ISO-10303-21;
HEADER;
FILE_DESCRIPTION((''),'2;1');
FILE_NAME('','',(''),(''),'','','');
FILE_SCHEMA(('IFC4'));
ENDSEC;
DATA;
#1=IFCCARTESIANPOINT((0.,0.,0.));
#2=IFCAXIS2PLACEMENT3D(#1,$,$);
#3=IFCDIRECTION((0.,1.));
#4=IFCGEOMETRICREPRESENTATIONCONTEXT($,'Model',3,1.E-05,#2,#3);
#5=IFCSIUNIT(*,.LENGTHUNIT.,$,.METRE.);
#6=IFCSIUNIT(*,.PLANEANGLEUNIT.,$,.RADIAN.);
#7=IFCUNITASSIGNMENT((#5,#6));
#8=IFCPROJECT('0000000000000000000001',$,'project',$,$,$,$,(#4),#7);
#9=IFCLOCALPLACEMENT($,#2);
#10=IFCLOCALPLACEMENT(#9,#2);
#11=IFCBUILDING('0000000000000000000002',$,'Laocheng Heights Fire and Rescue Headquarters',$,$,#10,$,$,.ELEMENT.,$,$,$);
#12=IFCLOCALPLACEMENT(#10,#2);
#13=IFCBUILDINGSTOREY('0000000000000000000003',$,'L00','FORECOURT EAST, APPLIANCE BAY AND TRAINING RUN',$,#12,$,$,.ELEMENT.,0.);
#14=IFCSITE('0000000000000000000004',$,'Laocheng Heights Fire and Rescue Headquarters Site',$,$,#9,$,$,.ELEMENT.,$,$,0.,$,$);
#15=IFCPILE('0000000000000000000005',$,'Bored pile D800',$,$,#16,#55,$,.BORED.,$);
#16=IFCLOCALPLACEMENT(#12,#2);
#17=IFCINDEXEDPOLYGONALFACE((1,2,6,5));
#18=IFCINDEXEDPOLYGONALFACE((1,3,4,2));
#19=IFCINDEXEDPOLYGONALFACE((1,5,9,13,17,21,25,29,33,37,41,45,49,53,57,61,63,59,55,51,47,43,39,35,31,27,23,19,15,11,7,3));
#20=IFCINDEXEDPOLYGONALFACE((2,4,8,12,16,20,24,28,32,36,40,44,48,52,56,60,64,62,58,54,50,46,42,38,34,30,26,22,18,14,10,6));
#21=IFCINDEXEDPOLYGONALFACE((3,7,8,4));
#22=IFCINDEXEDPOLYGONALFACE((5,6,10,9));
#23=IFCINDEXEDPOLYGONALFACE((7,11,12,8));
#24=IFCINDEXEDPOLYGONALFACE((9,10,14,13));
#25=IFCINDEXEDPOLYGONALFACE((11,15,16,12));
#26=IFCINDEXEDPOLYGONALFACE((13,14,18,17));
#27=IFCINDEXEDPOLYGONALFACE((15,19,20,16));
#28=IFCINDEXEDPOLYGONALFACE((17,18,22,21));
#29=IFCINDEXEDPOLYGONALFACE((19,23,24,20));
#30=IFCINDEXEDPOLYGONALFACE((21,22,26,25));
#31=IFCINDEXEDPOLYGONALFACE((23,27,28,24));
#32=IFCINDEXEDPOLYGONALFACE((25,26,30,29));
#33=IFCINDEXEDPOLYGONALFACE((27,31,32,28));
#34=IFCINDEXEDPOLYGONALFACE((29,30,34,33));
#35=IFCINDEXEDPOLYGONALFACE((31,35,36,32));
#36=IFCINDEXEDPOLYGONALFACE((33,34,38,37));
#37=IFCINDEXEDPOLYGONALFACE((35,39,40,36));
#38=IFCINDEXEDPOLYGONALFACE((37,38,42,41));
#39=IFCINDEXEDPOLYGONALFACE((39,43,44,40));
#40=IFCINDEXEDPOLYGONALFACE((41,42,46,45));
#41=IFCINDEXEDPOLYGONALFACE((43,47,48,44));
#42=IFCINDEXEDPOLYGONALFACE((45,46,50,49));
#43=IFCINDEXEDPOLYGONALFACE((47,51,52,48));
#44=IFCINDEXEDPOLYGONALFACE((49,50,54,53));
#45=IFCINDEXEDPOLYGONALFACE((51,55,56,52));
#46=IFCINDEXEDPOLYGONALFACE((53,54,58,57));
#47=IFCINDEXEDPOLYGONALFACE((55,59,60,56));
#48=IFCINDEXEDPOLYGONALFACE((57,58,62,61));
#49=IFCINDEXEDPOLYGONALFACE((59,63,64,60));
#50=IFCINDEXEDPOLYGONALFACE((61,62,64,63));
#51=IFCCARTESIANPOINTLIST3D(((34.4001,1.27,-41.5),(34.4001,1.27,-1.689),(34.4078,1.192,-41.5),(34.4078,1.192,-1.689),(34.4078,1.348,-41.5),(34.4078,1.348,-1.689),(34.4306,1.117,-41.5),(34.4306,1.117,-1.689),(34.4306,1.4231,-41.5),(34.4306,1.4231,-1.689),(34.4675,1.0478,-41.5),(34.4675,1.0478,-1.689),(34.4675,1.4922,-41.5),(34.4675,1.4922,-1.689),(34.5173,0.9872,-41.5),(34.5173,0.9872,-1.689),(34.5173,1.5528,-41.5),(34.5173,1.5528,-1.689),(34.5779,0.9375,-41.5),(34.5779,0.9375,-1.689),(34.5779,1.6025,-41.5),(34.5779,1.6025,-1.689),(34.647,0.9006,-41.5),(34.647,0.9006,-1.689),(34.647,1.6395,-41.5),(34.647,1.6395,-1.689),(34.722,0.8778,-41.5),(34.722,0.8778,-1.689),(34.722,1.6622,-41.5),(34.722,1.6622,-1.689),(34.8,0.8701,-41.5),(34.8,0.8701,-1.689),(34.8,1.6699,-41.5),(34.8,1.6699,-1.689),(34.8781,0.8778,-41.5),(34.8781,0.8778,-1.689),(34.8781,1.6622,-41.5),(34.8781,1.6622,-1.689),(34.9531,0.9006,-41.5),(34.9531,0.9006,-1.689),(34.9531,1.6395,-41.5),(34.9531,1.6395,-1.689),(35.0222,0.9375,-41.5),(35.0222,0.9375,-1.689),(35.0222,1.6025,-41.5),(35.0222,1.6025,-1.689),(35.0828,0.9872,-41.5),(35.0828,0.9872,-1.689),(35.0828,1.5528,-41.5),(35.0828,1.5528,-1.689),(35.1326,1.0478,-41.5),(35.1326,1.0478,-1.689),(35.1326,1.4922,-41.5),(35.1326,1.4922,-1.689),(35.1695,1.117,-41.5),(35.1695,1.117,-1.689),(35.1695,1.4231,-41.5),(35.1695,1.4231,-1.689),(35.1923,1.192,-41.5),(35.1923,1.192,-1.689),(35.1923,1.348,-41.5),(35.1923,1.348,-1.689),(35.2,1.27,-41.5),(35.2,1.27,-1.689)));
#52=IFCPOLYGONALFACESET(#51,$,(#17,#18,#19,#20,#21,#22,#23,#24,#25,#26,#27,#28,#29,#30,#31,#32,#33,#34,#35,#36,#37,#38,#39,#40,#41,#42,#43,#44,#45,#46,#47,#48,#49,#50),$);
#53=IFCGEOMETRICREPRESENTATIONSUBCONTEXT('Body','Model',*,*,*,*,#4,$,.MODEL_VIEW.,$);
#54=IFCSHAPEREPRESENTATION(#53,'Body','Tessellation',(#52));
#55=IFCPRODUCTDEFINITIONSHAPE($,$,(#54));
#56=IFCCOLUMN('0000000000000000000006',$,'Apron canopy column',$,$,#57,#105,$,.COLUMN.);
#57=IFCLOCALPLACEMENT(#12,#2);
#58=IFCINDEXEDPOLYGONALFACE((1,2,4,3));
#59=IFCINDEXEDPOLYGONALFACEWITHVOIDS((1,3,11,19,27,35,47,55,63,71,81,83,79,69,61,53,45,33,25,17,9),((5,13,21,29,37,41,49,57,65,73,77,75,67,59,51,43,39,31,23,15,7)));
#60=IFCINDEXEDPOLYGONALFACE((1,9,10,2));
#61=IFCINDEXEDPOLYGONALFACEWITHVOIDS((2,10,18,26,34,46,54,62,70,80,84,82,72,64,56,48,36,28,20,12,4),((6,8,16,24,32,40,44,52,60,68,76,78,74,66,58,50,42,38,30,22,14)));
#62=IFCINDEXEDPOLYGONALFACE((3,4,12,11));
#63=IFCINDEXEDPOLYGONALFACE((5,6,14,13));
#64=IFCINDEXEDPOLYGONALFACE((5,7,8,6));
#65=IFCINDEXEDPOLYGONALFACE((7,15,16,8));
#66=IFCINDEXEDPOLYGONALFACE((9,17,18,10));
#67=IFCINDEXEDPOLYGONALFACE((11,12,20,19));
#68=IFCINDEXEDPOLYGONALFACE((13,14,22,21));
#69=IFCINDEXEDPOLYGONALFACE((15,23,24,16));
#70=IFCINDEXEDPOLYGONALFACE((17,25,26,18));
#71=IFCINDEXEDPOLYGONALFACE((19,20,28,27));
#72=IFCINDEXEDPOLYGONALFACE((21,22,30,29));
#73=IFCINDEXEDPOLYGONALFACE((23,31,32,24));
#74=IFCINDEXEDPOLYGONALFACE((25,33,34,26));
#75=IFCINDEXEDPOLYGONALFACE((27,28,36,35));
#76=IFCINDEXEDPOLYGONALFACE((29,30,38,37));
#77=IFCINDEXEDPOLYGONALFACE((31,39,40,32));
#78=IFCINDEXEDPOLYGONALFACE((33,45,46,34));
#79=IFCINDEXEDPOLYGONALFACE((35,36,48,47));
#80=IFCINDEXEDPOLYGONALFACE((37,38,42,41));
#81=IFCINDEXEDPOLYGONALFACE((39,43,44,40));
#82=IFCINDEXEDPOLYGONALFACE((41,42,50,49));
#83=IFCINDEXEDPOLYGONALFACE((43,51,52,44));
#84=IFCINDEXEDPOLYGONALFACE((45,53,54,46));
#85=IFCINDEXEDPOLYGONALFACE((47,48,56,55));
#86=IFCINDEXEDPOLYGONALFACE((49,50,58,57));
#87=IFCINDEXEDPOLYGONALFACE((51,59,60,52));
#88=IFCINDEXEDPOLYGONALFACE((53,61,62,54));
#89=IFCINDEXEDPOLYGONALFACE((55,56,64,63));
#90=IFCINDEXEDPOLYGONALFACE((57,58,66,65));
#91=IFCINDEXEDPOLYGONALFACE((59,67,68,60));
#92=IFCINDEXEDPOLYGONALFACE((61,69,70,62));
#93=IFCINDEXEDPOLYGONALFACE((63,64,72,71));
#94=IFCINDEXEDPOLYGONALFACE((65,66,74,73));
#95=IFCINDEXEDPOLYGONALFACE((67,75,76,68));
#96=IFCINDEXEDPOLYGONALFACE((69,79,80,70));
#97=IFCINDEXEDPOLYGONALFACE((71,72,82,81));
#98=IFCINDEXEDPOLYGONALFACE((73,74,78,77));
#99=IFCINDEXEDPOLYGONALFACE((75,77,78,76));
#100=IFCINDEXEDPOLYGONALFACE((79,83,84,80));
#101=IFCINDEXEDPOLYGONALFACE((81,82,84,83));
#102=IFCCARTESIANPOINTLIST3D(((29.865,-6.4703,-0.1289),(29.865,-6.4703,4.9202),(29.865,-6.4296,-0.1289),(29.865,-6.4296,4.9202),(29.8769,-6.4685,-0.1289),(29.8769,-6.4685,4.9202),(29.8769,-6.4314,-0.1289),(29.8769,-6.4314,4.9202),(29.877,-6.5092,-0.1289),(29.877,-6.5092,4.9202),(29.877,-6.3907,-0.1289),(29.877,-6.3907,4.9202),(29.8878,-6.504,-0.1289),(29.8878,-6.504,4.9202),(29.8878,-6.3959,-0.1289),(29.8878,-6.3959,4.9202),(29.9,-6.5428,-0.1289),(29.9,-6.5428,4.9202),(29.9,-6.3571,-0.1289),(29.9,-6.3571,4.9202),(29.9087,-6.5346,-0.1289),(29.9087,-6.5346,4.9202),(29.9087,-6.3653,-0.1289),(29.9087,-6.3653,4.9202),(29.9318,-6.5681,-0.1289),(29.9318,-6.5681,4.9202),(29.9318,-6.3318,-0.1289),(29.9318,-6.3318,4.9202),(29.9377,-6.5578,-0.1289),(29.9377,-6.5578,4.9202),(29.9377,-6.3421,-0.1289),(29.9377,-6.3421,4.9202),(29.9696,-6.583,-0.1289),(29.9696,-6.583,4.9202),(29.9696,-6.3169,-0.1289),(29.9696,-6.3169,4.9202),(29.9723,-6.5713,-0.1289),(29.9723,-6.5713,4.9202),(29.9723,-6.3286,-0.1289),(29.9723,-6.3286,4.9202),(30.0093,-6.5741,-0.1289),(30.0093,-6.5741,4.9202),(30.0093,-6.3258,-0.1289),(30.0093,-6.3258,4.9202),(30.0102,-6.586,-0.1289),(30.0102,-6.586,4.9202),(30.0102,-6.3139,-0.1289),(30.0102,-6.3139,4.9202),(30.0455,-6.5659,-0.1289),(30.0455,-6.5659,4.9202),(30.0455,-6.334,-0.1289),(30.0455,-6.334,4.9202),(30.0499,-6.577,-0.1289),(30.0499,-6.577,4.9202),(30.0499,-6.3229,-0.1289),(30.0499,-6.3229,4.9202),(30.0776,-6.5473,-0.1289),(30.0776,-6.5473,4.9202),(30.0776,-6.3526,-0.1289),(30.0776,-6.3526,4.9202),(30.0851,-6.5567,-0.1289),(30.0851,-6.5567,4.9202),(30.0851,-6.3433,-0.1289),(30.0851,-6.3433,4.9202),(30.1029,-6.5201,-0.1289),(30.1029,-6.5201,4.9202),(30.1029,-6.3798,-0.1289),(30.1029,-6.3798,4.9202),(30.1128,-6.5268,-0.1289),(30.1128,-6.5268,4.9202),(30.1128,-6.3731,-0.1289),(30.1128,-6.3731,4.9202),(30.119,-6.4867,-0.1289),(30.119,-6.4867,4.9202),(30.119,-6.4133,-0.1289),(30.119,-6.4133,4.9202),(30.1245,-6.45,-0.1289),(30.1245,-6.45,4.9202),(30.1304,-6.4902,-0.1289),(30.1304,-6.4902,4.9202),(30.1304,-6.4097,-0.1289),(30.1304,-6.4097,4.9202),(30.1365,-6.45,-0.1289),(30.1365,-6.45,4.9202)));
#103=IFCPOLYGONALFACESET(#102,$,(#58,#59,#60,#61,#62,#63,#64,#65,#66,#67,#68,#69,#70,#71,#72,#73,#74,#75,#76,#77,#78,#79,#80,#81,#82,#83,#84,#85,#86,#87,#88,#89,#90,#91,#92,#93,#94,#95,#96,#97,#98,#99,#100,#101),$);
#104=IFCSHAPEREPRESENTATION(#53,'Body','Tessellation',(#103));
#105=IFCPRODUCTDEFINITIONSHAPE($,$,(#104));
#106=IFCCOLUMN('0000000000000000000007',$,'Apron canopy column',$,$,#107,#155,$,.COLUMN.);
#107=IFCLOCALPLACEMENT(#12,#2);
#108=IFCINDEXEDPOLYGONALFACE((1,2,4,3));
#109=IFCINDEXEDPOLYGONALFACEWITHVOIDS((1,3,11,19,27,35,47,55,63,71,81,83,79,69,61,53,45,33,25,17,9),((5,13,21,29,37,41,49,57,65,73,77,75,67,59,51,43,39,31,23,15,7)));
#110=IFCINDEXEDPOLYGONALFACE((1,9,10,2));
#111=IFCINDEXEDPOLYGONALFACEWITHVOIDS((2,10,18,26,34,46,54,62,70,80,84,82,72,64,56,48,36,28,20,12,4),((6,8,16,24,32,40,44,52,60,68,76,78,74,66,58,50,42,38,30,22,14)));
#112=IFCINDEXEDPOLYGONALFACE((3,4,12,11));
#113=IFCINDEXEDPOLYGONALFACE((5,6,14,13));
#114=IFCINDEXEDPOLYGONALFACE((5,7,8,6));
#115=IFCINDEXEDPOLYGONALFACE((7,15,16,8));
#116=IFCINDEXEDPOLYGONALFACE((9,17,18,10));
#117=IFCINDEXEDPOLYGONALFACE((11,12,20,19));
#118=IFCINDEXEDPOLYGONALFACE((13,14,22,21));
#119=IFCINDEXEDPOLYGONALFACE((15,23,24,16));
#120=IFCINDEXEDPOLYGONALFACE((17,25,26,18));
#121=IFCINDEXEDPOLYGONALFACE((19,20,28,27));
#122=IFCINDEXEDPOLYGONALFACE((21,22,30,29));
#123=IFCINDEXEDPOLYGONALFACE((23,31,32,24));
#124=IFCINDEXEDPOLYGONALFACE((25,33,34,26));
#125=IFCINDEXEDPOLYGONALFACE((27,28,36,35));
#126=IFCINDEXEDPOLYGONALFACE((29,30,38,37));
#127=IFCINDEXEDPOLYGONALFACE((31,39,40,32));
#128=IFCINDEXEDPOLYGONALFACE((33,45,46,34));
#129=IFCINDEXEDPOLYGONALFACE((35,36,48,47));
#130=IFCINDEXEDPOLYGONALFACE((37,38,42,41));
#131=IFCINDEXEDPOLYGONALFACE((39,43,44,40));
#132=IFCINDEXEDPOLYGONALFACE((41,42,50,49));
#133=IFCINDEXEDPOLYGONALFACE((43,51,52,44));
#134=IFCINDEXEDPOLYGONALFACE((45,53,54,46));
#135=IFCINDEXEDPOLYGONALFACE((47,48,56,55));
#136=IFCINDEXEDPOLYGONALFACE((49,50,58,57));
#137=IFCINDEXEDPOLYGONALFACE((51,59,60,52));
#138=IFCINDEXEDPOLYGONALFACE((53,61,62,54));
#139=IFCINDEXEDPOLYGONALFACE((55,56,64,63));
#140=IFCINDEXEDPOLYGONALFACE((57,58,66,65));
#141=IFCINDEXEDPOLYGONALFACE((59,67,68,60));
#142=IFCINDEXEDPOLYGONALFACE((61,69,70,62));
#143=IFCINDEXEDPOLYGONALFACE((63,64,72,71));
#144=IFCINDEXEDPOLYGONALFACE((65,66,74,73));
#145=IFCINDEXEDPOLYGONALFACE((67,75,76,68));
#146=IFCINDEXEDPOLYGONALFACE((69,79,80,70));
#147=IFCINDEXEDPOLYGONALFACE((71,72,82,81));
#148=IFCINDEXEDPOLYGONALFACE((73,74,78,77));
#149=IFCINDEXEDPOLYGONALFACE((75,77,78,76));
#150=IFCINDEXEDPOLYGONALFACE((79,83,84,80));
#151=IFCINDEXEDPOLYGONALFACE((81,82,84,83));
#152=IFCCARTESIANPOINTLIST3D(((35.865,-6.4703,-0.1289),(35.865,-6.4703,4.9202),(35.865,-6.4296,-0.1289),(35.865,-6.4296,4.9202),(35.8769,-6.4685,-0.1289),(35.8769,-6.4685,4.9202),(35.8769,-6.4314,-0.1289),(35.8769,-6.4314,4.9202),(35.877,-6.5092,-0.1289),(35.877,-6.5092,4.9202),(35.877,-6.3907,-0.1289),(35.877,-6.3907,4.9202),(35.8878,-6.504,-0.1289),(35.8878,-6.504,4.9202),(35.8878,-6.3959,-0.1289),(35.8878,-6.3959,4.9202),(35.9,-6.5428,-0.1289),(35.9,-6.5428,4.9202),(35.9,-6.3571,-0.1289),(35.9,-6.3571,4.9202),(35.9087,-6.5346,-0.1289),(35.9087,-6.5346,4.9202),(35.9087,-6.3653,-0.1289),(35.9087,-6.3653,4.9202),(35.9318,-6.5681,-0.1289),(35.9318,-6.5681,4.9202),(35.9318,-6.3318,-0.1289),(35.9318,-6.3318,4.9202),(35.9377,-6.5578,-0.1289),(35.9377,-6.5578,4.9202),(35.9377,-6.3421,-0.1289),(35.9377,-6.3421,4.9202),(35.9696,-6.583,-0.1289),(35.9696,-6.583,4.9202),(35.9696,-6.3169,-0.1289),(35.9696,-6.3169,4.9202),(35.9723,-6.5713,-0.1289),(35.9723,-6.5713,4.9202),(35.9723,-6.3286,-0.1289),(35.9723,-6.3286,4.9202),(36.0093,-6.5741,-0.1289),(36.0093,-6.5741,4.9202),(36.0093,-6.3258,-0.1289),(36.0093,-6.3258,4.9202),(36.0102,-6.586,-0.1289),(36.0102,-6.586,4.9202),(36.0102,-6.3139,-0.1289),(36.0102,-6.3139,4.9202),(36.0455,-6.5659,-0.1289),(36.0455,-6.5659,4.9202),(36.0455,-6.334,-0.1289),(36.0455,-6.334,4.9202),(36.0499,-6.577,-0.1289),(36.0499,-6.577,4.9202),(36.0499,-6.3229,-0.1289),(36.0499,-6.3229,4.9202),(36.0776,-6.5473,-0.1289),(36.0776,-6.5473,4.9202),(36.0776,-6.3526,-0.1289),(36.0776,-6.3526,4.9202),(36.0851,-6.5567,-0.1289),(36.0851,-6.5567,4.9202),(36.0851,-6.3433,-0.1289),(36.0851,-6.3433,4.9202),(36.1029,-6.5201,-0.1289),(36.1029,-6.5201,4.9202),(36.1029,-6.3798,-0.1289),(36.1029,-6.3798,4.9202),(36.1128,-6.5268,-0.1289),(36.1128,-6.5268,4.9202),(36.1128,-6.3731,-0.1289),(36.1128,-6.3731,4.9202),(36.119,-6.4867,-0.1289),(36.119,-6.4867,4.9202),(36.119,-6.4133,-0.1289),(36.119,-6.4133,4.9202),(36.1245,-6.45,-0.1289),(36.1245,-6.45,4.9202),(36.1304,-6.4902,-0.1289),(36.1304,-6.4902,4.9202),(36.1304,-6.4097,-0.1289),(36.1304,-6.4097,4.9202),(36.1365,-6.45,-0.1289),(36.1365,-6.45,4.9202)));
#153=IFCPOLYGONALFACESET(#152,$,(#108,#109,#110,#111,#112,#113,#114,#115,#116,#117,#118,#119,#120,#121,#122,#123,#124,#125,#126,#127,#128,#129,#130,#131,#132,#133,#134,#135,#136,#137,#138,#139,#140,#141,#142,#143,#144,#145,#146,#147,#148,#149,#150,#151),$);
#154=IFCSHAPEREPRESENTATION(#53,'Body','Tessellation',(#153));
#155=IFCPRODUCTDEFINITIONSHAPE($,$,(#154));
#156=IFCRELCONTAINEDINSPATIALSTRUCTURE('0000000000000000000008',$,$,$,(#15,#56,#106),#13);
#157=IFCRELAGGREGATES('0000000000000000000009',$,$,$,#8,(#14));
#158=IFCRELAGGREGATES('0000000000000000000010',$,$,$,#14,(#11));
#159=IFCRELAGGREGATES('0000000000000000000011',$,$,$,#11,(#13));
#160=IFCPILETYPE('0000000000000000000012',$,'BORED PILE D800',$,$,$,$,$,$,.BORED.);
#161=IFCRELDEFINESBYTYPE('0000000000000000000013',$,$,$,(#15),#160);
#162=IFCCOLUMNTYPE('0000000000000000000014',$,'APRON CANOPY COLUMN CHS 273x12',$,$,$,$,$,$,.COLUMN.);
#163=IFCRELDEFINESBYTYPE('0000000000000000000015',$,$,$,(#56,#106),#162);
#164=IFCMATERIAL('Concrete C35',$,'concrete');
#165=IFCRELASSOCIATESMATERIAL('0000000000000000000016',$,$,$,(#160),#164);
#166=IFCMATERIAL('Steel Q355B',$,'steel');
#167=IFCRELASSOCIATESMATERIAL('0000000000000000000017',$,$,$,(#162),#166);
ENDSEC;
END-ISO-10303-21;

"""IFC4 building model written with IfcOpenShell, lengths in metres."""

from ifc_helpers import new_model, si_unit, direction, frame, origin, origin_2d, place, context, subcontext, project, spatial, circle, hollow_circle, extrude, material, material_profile, profile_set, type_object, element, save


model = new_model("IFC4")

# Units and contexts
model_context = context("Model", 3, precision=1e-05, world=origin(), true_north=direction((0.0, 1.0)))
body_context = subcontext(model_context, "Body", "Model", "MODEL_VIEW")
ifc_project = project(units=[si_unit("LENGTHUNIT", "METRE"), si_unit("PLANEANGLEUNIT", "RADIAN")], contexts=[model_context])

# Site, building, storey
site_placement = place(None, origin())
site = spatial("IfcSite", under=ifc_project, at=site_placement, Name="Laocheng Heights Fire and Rescue Headquarters Site", CompositionType="ELEMENT", RefElevation=0.0)
building_placement = place(site_placement, origin())
building = spatial("IfcBuilding", under=site, at=building_placement, Name="Laocheng Heights Fire and Rescue Headquarters", CompositionType="ELEMENT")
storey_placement = place(building_placement, origin())
storey = spatial("IfcBuildingStorey", under=building, at=storey_placement, Name="L00", Description="FORECOURT EAST, APPLIANCE BAY AND TRAINING RUN", CompositionType="ELEMENT", Elevation=0.0)

# Pile
ifc_material_1 = material(Name="Concrete C35", Category="concrete")
ifc_material_profile_1 = material_profile(ifc_material_1, circle(Radius=0.3999, at=origin_2d()), Name="BORED PILE D800")
ifc_profile_set_1 = profile_set([ifc_material_profile_1], Name="Concrete C35")
pile_type_1 = type_object("IfcPileType", Name="BORED PILE D800", PredefinedType="BORED", material=ifc_profile_set_1)
for number, where, z_axis, x_axis, name in (
    (1, (34.8, 1.27, -1.689), (0.0, 0.0, -1.0), (1.0, 0.0, 0.0), "Bored pile D800"),
):
    element("IfcPile", number, at=place(storey_placement, frame(where, z_axis=z_axis, x_axis=x_axis)), inside=storey, type_object=pile_type_1, Name=name, PredefinedType="BORED", context=body_context, shape_type="SweptSolid", body=[
        extrude(circle(Radius=0.3999, at=origin_2d()), origin(), (0.0, 0.0, 1.0), 39.811),
    ])

# Columns
ifc_material_2 = material(Name="Steel Q355B", Category="steel")
ifc_material_profile_2 = material_profile(ifc_material_2, hollow_circle(Radius=0.1365, WallThickness=0.012, at=origin_2d()), Name="CHS 273x12")
ifc_profile_set_2 = profile_set([ifc_material_profile_2], Name="Steel Q355B")
column_type_1 = type_object("IfcColumnType", Name="APRON CANOPY COLUMN CHS 273x12", PredefinedType="COLUMN", material=ifc_profile_set_2)
for number, where, z_axis, x_axis, name in (
    (2, (30.0, -6.45, -0.1289), (0.0, 0.0, 1.0), (1.0, 0.0, 0.0), "Apron canopy column"),
    (3, (36.0, -6.45, -0.1289), (0.0, 0.0, 1.0), (1.0, 0.0, 0.0), "Apron canopy column"),
):
    element("IfcColumn", number, at=place(storey_placement, frame(where, z_axis=z_axis, x_axis=x_axis)), inside=storey, type_object=column_type_1, Name=name, PredefinedType="COLUMN", context=body_context, shape_type="SweptSolid", body=[
        extrude(hollow_circle(Radius=0.1365, WallThickness=0.012, at=origin_2d()), origin(), (0.0, 0.0, 1.0), 5.0491),
    ])

save(model, "model.ifc")
